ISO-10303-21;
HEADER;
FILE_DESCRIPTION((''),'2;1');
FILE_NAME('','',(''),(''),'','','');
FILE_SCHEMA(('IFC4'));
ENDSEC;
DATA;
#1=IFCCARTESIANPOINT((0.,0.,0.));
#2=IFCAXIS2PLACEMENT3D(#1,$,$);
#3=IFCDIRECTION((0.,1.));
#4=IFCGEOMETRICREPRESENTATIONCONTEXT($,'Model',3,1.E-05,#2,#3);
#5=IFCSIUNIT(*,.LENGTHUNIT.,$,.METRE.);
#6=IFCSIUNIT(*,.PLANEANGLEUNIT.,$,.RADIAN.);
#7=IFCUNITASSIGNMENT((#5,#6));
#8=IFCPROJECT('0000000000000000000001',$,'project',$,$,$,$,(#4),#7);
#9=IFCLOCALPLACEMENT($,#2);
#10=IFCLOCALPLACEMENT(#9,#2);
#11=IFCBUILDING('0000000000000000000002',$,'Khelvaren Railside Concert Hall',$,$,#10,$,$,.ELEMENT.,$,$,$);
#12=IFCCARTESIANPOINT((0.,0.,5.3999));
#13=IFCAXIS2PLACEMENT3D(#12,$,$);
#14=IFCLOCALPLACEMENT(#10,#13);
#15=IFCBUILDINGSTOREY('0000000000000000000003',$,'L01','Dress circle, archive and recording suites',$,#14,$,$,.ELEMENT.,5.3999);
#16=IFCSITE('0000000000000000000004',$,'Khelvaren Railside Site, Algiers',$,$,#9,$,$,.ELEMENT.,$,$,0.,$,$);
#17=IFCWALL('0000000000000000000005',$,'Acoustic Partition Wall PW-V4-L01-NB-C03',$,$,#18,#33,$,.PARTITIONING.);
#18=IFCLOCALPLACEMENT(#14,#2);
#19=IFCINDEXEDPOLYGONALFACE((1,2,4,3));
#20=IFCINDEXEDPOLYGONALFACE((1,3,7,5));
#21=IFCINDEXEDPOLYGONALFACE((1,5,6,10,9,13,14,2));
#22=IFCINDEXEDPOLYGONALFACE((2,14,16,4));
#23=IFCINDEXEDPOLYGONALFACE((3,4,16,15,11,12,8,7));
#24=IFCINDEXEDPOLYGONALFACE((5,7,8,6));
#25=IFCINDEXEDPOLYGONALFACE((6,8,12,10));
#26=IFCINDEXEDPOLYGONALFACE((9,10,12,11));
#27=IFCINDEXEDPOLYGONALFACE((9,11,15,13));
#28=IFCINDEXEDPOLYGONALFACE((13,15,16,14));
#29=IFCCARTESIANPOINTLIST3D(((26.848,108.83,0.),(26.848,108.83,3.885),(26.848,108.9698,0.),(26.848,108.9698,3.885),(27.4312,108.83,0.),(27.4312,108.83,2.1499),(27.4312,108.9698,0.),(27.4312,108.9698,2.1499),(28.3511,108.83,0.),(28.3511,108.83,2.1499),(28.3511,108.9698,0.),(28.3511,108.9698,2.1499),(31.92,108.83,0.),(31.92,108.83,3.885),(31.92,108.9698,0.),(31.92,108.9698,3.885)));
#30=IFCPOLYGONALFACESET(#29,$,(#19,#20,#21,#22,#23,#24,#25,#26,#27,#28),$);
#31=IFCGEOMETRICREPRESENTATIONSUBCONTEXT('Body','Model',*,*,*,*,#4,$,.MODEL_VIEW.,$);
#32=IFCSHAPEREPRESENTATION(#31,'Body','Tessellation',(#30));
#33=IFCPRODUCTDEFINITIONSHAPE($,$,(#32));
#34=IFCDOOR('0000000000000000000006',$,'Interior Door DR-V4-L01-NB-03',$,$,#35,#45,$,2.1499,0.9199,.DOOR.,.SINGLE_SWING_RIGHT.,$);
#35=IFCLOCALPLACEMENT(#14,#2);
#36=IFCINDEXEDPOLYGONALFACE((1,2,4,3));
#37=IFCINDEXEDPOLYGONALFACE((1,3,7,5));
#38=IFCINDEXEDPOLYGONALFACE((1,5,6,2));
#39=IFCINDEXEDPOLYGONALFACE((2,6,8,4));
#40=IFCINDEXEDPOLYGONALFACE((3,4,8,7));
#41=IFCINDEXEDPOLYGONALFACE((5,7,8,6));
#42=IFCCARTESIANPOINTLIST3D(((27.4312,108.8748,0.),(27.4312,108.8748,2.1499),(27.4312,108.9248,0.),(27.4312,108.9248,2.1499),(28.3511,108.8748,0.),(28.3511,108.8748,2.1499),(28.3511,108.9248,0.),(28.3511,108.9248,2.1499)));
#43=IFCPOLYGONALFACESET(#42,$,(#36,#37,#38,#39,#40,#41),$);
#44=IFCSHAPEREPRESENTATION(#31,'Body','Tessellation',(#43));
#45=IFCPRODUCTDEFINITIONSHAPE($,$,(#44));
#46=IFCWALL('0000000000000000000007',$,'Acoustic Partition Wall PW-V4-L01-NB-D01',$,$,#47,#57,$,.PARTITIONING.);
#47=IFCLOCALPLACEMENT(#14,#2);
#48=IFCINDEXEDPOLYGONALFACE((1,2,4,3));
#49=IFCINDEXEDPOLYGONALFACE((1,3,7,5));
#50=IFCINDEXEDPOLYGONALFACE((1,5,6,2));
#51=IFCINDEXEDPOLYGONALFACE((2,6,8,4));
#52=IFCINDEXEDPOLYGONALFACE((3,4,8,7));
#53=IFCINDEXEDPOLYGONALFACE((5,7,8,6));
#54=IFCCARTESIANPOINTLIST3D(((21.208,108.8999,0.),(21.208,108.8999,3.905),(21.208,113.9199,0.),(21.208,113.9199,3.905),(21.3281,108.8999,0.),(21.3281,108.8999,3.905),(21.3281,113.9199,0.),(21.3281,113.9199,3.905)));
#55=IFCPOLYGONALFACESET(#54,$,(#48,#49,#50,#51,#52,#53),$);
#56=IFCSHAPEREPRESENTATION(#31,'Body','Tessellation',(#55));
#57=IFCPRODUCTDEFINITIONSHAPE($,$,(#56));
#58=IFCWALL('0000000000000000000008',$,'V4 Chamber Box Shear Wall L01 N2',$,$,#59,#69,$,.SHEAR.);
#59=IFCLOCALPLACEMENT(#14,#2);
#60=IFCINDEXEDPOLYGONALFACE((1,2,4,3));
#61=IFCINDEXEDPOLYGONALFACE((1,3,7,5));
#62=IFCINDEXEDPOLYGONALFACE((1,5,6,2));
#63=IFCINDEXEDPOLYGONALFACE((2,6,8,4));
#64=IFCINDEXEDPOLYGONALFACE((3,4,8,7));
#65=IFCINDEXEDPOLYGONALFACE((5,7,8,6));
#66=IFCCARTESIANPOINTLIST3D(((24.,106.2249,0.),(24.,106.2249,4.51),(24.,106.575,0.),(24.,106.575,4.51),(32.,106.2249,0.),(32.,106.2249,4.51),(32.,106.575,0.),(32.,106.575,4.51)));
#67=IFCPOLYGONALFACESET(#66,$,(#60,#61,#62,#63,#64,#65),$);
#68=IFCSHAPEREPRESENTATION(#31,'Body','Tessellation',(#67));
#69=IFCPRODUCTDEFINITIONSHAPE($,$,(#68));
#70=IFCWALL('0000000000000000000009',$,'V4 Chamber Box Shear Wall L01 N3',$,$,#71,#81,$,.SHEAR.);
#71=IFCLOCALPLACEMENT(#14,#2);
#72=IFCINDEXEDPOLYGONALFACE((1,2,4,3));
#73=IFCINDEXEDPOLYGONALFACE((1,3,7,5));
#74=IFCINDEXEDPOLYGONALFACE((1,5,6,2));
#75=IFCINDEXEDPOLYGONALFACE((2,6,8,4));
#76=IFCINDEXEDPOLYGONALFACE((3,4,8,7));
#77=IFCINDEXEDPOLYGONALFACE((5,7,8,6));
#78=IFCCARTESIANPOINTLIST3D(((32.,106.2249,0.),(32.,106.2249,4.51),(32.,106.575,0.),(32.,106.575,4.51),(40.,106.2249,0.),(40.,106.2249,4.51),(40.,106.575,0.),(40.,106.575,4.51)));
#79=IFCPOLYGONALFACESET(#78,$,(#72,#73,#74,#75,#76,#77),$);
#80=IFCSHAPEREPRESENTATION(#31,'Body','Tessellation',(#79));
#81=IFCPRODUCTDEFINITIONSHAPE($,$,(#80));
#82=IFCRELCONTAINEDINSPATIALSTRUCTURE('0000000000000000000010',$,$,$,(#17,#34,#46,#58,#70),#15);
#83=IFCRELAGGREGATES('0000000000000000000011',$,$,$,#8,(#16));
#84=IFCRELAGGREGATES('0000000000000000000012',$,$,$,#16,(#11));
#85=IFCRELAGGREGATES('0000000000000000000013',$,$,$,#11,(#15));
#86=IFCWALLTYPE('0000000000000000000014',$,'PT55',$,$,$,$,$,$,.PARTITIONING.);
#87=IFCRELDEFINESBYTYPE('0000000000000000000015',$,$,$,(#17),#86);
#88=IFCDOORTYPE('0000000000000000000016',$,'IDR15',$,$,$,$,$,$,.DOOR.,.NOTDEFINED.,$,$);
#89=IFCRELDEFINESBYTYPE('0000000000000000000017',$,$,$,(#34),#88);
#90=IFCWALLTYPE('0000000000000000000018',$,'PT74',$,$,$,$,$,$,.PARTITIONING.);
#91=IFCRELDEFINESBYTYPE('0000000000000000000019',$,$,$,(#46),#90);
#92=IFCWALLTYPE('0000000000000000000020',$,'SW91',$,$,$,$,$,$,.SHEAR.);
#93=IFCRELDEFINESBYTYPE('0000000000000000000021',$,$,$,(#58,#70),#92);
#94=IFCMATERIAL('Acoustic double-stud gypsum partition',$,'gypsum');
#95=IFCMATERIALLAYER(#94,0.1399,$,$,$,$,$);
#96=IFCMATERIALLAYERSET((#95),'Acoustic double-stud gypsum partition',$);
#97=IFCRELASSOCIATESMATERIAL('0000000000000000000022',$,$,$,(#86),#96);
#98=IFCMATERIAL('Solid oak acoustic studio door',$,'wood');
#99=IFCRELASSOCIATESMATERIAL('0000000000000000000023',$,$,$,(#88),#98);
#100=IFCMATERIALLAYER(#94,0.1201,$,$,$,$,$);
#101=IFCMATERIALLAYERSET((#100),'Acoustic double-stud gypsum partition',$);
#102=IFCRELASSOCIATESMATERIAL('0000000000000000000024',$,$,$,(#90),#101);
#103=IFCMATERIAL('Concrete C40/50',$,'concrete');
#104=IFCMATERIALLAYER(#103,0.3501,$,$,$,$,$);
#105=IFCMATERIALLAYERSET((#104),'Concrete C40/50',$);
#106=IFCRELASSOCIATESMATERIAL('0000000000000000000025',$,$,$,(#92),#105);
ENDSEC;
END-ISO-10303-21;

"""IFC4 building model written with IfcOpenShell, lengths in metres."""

from ifc_helpers import new_model, si_unit, direction, frame, frame_2d, origin, place, context, subcontext, project, spatial, rectangle, extrude, material, layer, layer_set, type_object, element, fill, save


model = new_model("IFC4")

# Units and contexts
model_context = context("Model", 3, precision=1e-05, world=origin(), true_north=direction((0.0, 1.0)))
body_context = subcontext(model_context, "Body", "Model", "MODEL_VIEW")
ifc_project = project(units=[si_unit("LENGTHUNIT", "METRE"), si_unit("PLANEANGLEUNIT", "RADIAN")], contexts=[model_context])

# Site, building, storey
site_placement = place(None, origin())
site = spatial("IfcSite", under=ifc_project, at=site_placement, Name="Khelvaren Railside Site, Algiers", CompositionType="ELEMENT", RefElevation=0.0)
building_placement = place(site_placement, origin())
building = spatial("IfcBuilding", under=site, at=building_placement, Name="Khelvaren Railside Concert Hall", CompositionType="ELEMENT")
storey_placement = place(building_placement, frame((0.0, 0.0, 5.3999)))
storey = spatial("IfcBuildingStorey", under=building, at=storey_placement, Name="L01", Description="Dress circle, archive and recording suites", CompositionType="ELEMENT", Elevation=5.3999)

# Shared definitions
ifc_material_1 = material(Name="Concrete C40/50", Category="concrete")

# Shared definitions
ifc_material_2 = material(Name="Acoustic double-stud gypsum partition", Category="gypsum")

# Wall, opening, door
ifc_layer_1 = layer(ifc_material_2, 0.1399)
ifc_layer_set_1 = layer_set([ifc_layer_1], Name="Acoustic double-stud gypsum partition")
wall_type_1 = type_object("IfcWallType", Name="PT55", PredefinedType="PARTITIONING", material=ifc_layer_set_1)
ifc_material_3 = material(Name="Solid oak acoustic studio door", Category="wood")
wall_1_placement = place(storey_placement, frame((26.8479, 108.8999, 0.0), z_axis=(0.0, 0.0, 1.0), x_axis=(1.0, 0.0, 0.0)))
wall_1 = element("IfcWall", 1, at=wall_1_placement, inside=storey, type_object=wall_type_1, Name="Acoustic Partition Wall PW-V4-L01-NB-C03", PredefinedType="PARTITIONING", context=body_context, shape_type="SweptSolid", body=[
    extrude(rectangle(XDim=5.072, YDim=0.1399, at=frame_2d((2.5361, 0.0))), origin(), (0.0, 0.0, 1.0), 3.885),
])
opening_1_placement = place(wall_1_placement, frame((0.5833, 0.0, 0.0)))
opening_1 = element("IfcOpeningElement", 2, at=opening_1_placement, cuts=wall_1, PredefinedType="OPENING", context=body_context, shape_type="SweptSolid", body=[
    extrude(rectangle(XDim=0.9199, YDim=2.1499, at=frame_2d((0.46, 1.075))), frame((0.0, 0.0798, 0.0), z_axis=(0.0, -1.0, 0.0), x_axis=(1.0, 0.0, 0.0)), (0.0, 0.0, 1.0), 0.1599),
])
door_type_1 = type_object("IfcDoorType", Name="IDR15", OperationType="NOTDEFINED", PredefinedType="DOOR", material=ifc_material_3)
door_1_placement = place(opening_1_placement, origin())
door_1 = element("IfcDoor", 3, at=door_1_placement, inside=storey, type_object=door_type_1, Name="Interior Door DR-V4-L01-NB-03", OperationType="SINGLE_SWING_RIGHT", OverallHeight=2.1499, OverallWidth=0.9199, PredefinedType="DOOR", context=body_context, shape_type="SweptSolid", body=[
    extrude(rectangle(XDim=0.9199, YDim=2.1499, at=frame_2d((0.46, 1.075))), frame((0.0, 0.0249, 0.0), z_axis=(0.0, -1.0, 0.0), x_axis=(1.0, 0.0, 0.0)), (0.0, 0.0, 1.0), 0.05),
])
fill(opening_1, door_1)

# Walls
ifc_layer_2 = layer(ifc_material_2, 0.1201)
ifc_layer_set_2 = layer_set([ifc_layer_2], Name="Acoustic double-stud gypsum partition")
wall_type_2 = type_object("IfcWallType", Name="PT74", PredefinedType="PARTITIONING", material=ifc_layer_set_2)
wall_2_placement = place(storey_placement, frame((21.2681, 108.8999, 0.0), z_axis=(0.0, 0.0, 1.0), x_axis=(0.0, 1.0, 0.0)))
element("IfcWall", 4, at=wall_2_placement, inside=storey, type_object=wall_type_2, Name="Acoustic Partition Wall PW-V4-L01-NB-D01", PredefinedType="PARTITIONING", context=body_context, shape_type="SweptSolid", body=[
    extrude(rectangle(XDim=5.02, YDim=0.1201, at=frame_2d((2.51, 0.0))), origin(), (0.0, 0.0, 1.0), 3.905),
])
ifc_layer_3 = layer(ifc_material_1, 0.3501)
ifc_layer_set_3 = layer_set([ifc_layer_3], Name="Concrete C40/50")
wall_type_3 = type_object("IfcWallType", Name="SW91", PredefinedType="SHEAR", material=ifc_layer_set_3)
for number, where, z_axis, x_axis, name in (
    (5, (24.0, 106.3999, 0.0), (0.0, 0.0, 1.0), (1.0, 0.0, 0.0), "V4 Chamber Box Shear Wall L01 N2"),
    (6, (32.0, 106.3999, 0.0), (0.0, 0.0, 1.0), (1.0, 0.0, 0.0), "V4 Chamber Box Shear Wall L01 N3"),
):
    element("IfcWall", number, at=place(storey_placement, frame(where, z_axis=z_axis, x_axis=x_axis)), inside=storey, type_object=wall_type_3, Name=name, PredefinedType="SHEAR", context=body_context, shape_type="SweptSolid", body=[
        extrude(rectangle(XDim=8.0, YDim=0.3501, at=frame_2d((4.0, 0.0))), origin(), (0.0, 0.0, 1.0), 4.51),
    ])

save(model, "model.ifc")
